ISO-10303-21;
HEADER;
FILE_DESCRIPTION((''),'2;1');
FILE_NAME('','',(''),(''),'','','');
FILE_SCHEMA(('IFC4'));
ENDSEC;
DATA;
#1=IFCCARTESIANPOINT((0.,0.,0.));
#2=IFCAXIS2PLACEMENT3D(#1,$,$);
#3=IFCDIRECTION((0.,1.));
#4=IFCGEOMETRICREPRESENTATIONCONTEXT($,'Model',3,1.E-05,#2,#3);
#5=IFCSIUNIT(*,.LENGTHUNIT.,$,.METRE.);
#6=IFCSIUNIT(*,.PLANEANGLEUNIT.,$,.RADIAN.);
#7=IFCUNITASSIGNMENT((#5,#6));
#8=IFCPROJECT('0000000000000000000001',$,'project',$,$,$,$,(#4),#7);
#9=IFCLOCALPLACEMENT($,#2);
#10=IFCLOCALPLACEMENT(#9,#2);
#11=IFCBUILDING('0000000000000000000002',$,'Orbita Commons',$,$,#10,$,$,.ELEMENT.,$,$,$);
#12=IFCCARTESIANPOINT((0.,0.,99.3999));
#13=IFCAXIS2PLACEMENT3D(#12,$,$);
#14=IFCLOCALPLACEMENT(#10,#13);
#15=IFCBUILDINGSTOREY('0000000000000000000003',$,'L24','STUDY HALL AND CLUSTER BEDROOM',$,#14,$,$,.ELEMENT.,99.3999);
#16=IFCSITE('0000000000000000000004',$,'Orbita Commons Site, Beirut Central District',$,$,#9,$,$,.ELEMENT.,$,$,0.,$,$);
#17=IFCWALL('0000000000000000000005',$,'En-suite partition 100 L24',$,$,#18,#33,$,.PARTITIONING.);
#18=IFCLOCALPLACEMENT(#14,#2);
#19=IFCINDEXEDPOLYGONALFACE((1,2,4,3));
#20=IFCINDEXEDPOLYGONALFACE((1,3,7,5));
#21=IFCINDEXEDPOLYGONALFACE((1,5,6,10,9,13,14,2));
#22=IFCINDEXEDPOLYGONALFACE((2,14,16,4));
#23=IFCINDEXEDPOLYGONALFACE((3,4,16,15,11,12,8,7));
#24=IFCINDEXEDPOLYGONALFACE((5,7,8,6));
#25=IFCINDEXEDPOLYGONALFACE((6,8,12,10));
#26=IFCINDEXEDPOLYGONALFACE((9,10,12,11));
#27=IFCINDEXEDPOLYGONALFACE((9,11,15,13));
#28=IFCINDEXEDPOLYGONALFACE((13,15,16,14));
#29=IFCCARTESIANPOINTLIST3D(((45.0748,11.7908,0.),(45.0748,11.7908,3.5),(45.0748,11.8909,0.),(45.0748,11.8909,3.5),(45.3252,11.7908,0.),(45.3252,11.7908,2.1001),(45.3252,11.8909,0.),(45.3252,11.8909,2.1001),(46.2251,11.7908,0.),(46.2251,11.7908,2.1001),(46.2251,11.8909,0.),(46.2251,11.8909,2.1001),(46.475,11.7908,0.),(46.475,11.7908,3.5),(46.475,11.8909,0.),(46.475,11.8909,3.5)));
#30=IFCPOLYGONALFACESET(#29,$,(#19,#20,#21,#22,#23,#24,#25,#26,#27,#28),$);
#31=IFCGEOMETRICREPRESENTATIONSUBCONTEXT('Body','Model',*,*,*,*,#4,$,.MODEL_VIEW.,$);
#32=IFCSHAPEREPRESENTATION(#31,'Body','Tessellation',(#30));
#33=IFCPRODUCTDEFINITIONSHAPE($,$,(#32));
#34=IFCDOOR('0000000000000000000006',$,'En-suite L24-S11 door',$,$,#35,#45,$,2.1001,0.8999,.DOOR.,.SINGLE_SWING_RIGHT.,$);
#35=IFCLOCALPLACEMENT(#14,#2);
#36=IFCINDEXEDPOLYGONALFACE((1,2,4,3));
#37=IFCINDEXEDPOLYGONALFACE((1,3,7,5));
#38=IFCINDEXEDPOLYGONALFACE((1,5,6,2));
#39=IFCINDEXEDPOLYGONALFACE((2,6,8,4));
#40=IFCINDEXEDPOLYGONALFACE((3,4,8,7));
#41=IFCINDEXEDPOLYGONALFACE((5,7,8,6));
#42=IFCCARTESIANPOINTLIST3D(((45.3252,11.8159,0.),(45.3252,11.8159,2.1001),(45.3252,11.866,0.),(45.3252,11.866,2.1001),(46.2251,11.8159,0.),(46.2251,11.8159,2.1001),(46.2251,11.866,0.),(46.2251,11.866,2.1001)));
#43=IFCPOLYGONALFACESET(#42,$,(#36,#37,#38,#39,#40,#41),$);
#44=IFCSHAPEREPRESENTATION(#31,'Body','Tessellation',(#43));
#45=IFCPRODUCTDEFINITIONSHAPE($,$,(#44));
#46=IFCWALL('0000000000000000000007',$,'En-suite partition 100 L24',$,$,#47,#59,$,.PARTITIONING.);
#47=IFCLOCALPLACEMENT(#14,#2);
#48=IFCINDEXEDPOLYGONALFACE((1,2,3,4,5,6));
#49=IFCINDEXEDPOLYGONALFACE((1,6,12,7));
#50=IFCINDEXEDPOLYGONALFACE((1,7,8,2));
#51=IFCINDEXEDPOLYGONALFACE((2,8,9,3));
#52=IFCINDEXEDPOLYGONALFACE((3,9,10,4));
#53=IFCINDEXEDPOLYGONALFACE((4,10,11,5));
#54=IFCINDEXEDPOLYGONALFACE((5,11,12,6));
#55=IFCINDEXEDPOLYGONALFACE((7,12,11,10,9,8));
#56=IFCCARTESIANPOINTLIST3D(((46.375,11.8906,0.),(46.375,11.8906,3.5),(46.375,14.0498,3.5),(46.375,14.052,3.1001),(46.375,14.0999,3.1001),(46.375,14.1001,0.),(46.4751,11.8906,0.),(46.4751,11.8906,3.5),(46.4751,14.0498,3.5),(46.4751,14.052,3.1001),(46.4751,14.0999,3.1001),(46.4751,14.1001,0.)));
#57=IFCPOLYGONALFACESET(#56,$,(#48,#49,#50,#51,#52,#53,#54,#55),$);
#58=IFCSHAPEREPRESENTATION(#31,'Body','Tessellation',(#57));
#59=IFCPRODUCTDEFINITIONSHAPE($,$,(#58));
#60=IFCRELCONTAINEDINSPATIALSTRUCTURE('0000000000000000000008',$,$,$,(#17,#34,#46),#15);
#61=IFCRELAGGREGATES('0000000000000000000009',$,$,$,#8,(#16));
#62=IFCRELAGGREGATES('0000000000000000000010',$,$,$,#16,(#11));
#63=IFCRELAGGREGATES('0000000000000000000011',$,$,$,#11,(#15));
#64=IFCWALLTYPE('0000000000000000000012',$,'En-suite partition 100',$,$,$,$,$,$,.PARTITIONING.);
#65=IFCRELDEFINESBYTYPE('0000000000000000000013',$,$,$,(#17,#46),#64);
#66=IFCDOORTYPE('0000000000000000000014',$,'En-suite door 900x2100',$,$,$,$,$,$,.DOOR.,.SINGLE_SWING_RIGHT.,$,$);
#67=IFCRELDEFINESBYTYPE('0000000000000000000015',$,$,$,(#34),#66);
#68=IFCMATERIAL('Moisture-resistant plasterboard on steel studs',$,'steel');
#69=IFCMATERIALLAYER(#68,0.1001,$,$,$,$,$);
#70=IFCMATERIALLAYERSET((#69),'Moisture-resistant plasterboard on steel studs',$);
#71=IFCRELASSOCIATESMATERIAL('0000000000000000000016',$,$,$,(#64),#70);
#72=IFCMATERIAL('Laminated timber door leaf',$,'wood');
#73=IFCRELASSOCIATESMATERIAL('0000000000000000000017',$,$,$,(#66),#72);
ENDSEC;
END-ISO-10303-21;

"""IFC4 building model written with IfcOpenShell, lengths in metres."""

from ifc_helpers import new_model, si_unit, direction, frame, frame_2d, origin, place, context, subcontext, project, spatial, polyline, rectangle, outline, extrude, material, layer, layer_set, type_object, element, fill, save


model = new_model("IFC4")

# Units and contexts
model_context = context("Model", 3, precision=1e-05, world=origin(), true_north=direction((0.0, 1.0)))
body_context = subcontext(model_context, "Body", "Model", "MODEL_VIEW")
ifc_project = project(units=[si_unit("LENGTHUNIT", "METRE"), si_unit("PLANEANGLEUNIT", "RADIAN")], contexts=[model_context])

# Site, building, storey
site_placement = place(None, origin())
site = spatial("IfcSite", under=ifc_project, at=site_placement, Name="Orbita Commons Site, Beirut Central District", CompositionType="ELEMENT", RefElevation=0.0)
building_placement = place(site_placement, origin())
building = spatial("IfcBuilding", under=site, at=building_placement, Name="Orbita Commons", CompositionType="ELEMENT")
storey_placement = place(building_placement, frame((0.0, 0.0, 99.3999)))
storey = spatial("IfcBuildingStorey", under=building, at=storey_placement, Name="L24", Description="STUDY HALL AND CLUSTER BEDROOM", CompositionType="ELEMENT", Elevation=99.3999)

# Shared definitions
ifc_material_1 = material(Name="Moisture-resistant plasterboard on steel studs", Category="steel")
ifc_layer_1 = layer(ifc_material_1, 0.1001)
ifc_layer_set_1 = layer_set([ifc_layer_1], Name="Moisture-resistant plasterboard on steel studs")
wall_type_1 = type_object("IfcWallType", Name="En-suite partition 100", PredefinedType="PARTITIONING", material=ifc_layer_set_1)

# Shared definitions
ifc_material_2 = material(Name="Laminated timber door leaf", Category="wood")
door_type_1 = type_object("IfcDoorType", Name="En-suite door 900x2100", OperationType="SINGLE_SWING_RIGHT", PredefinedType="DOOR", material=ifc_material_2)

# Wall, opening, door
wall_1_placement = place(storey_placement, frame((46.4751, 11.8408, 0.0), z_axis=(0.0, 0.0, 1.0), x_axis=(-1.0, 0.0, 0.0)))
wall_1 = element("IfcWall", 1, at=wall_1_placement, inside=storey, type_object=wall_type_1, Name="En-suite partition 100 L24", PredefinedType="PARTITIONING", context=body_context, shape_type="SweptSolid", body=[
    extrude(rectangle(XDim=1.4001, YDim=0.1001, at=frame_2d((0.7002, 0.0))), origin(), (0.0, 0.0, 1.0), 3.5),
])
opening_1_placement = place(wall_1_placement, frame((0.25, 0.0, 0.0)))
opening_1 = element("IfcOpeningElement", 2, at=opening_1_placement, cuts=wall_1, PredefinedType="OPENING", context=body_context, shape_type="SweptSolid", body=[
    extrude(rectangle(XDim=0.8999, YDim=2.1001, at=frame_2d((0.45, 1.05))), frame((0.0, 0.0601, 0.0), z_axis=(0.0, -1.0, 0.0), x_axis=(1.0, 0.0, 0.0)), (0.0, 0.0, 1.0), 0.1201),
])
door_1_placement = place(opening_1_placement, origin())
door_1 = element("IfcDoor", 3, at=door_1_placement, inside=storey, type_object=door_type_1, Name="En-suite L24-S11 door", OperationType="SINGLE_SWING_RIGHT", OverallHeight=2.1001, OverallWidth=0.8999, PredefinedType="DOOR", context=body_context, shape_type="SweptSolid", body=[
    extrude(rectangle(XDim=0.8999, YDim=2.1001, at=frame_2d((0.45, 1.05))), frame((0.0, 0.0249, 0.0), z_axis=(0.0, -1.0, 0.0), x_axis=(1.0, 0.0, 0.0)), (0.0, 0.0, 1.0), 0.05),
])
fill(opening_1, door_1)

# Wall
wall_2_placement = place(storey_placement, frame((46.425, 11.8906, 0.0), z_axis=(0.0, 0.0, 1.0), x_axis=(0.0, 1.0, 0.0)))
element("IfcWall", 4, at=wall_2_placement, inside=storey, type_object=wall_type_1, Name="En-suite partition 100 L24", PredefinedType="PARTITIONING", context=body_context, shape_type="SweptSolid", body=[
    extrude(outline(polyline([(0.0, 0.0), (2.2095, 0.0), (2.2092, 3.1001), (2.1614, 3.1001), (2.1592, 3.5), (0.0, 3.5), (0.0, 0.0)])), frame((0.0, 0.05, 0.0), z_axis=(0.0, -1.0, 0.0), x_axis=(1.0, 0.0, 0.0)), (0.0, 0.0, 1.0), 0.1001),
])

save(model, "model.ifc")
